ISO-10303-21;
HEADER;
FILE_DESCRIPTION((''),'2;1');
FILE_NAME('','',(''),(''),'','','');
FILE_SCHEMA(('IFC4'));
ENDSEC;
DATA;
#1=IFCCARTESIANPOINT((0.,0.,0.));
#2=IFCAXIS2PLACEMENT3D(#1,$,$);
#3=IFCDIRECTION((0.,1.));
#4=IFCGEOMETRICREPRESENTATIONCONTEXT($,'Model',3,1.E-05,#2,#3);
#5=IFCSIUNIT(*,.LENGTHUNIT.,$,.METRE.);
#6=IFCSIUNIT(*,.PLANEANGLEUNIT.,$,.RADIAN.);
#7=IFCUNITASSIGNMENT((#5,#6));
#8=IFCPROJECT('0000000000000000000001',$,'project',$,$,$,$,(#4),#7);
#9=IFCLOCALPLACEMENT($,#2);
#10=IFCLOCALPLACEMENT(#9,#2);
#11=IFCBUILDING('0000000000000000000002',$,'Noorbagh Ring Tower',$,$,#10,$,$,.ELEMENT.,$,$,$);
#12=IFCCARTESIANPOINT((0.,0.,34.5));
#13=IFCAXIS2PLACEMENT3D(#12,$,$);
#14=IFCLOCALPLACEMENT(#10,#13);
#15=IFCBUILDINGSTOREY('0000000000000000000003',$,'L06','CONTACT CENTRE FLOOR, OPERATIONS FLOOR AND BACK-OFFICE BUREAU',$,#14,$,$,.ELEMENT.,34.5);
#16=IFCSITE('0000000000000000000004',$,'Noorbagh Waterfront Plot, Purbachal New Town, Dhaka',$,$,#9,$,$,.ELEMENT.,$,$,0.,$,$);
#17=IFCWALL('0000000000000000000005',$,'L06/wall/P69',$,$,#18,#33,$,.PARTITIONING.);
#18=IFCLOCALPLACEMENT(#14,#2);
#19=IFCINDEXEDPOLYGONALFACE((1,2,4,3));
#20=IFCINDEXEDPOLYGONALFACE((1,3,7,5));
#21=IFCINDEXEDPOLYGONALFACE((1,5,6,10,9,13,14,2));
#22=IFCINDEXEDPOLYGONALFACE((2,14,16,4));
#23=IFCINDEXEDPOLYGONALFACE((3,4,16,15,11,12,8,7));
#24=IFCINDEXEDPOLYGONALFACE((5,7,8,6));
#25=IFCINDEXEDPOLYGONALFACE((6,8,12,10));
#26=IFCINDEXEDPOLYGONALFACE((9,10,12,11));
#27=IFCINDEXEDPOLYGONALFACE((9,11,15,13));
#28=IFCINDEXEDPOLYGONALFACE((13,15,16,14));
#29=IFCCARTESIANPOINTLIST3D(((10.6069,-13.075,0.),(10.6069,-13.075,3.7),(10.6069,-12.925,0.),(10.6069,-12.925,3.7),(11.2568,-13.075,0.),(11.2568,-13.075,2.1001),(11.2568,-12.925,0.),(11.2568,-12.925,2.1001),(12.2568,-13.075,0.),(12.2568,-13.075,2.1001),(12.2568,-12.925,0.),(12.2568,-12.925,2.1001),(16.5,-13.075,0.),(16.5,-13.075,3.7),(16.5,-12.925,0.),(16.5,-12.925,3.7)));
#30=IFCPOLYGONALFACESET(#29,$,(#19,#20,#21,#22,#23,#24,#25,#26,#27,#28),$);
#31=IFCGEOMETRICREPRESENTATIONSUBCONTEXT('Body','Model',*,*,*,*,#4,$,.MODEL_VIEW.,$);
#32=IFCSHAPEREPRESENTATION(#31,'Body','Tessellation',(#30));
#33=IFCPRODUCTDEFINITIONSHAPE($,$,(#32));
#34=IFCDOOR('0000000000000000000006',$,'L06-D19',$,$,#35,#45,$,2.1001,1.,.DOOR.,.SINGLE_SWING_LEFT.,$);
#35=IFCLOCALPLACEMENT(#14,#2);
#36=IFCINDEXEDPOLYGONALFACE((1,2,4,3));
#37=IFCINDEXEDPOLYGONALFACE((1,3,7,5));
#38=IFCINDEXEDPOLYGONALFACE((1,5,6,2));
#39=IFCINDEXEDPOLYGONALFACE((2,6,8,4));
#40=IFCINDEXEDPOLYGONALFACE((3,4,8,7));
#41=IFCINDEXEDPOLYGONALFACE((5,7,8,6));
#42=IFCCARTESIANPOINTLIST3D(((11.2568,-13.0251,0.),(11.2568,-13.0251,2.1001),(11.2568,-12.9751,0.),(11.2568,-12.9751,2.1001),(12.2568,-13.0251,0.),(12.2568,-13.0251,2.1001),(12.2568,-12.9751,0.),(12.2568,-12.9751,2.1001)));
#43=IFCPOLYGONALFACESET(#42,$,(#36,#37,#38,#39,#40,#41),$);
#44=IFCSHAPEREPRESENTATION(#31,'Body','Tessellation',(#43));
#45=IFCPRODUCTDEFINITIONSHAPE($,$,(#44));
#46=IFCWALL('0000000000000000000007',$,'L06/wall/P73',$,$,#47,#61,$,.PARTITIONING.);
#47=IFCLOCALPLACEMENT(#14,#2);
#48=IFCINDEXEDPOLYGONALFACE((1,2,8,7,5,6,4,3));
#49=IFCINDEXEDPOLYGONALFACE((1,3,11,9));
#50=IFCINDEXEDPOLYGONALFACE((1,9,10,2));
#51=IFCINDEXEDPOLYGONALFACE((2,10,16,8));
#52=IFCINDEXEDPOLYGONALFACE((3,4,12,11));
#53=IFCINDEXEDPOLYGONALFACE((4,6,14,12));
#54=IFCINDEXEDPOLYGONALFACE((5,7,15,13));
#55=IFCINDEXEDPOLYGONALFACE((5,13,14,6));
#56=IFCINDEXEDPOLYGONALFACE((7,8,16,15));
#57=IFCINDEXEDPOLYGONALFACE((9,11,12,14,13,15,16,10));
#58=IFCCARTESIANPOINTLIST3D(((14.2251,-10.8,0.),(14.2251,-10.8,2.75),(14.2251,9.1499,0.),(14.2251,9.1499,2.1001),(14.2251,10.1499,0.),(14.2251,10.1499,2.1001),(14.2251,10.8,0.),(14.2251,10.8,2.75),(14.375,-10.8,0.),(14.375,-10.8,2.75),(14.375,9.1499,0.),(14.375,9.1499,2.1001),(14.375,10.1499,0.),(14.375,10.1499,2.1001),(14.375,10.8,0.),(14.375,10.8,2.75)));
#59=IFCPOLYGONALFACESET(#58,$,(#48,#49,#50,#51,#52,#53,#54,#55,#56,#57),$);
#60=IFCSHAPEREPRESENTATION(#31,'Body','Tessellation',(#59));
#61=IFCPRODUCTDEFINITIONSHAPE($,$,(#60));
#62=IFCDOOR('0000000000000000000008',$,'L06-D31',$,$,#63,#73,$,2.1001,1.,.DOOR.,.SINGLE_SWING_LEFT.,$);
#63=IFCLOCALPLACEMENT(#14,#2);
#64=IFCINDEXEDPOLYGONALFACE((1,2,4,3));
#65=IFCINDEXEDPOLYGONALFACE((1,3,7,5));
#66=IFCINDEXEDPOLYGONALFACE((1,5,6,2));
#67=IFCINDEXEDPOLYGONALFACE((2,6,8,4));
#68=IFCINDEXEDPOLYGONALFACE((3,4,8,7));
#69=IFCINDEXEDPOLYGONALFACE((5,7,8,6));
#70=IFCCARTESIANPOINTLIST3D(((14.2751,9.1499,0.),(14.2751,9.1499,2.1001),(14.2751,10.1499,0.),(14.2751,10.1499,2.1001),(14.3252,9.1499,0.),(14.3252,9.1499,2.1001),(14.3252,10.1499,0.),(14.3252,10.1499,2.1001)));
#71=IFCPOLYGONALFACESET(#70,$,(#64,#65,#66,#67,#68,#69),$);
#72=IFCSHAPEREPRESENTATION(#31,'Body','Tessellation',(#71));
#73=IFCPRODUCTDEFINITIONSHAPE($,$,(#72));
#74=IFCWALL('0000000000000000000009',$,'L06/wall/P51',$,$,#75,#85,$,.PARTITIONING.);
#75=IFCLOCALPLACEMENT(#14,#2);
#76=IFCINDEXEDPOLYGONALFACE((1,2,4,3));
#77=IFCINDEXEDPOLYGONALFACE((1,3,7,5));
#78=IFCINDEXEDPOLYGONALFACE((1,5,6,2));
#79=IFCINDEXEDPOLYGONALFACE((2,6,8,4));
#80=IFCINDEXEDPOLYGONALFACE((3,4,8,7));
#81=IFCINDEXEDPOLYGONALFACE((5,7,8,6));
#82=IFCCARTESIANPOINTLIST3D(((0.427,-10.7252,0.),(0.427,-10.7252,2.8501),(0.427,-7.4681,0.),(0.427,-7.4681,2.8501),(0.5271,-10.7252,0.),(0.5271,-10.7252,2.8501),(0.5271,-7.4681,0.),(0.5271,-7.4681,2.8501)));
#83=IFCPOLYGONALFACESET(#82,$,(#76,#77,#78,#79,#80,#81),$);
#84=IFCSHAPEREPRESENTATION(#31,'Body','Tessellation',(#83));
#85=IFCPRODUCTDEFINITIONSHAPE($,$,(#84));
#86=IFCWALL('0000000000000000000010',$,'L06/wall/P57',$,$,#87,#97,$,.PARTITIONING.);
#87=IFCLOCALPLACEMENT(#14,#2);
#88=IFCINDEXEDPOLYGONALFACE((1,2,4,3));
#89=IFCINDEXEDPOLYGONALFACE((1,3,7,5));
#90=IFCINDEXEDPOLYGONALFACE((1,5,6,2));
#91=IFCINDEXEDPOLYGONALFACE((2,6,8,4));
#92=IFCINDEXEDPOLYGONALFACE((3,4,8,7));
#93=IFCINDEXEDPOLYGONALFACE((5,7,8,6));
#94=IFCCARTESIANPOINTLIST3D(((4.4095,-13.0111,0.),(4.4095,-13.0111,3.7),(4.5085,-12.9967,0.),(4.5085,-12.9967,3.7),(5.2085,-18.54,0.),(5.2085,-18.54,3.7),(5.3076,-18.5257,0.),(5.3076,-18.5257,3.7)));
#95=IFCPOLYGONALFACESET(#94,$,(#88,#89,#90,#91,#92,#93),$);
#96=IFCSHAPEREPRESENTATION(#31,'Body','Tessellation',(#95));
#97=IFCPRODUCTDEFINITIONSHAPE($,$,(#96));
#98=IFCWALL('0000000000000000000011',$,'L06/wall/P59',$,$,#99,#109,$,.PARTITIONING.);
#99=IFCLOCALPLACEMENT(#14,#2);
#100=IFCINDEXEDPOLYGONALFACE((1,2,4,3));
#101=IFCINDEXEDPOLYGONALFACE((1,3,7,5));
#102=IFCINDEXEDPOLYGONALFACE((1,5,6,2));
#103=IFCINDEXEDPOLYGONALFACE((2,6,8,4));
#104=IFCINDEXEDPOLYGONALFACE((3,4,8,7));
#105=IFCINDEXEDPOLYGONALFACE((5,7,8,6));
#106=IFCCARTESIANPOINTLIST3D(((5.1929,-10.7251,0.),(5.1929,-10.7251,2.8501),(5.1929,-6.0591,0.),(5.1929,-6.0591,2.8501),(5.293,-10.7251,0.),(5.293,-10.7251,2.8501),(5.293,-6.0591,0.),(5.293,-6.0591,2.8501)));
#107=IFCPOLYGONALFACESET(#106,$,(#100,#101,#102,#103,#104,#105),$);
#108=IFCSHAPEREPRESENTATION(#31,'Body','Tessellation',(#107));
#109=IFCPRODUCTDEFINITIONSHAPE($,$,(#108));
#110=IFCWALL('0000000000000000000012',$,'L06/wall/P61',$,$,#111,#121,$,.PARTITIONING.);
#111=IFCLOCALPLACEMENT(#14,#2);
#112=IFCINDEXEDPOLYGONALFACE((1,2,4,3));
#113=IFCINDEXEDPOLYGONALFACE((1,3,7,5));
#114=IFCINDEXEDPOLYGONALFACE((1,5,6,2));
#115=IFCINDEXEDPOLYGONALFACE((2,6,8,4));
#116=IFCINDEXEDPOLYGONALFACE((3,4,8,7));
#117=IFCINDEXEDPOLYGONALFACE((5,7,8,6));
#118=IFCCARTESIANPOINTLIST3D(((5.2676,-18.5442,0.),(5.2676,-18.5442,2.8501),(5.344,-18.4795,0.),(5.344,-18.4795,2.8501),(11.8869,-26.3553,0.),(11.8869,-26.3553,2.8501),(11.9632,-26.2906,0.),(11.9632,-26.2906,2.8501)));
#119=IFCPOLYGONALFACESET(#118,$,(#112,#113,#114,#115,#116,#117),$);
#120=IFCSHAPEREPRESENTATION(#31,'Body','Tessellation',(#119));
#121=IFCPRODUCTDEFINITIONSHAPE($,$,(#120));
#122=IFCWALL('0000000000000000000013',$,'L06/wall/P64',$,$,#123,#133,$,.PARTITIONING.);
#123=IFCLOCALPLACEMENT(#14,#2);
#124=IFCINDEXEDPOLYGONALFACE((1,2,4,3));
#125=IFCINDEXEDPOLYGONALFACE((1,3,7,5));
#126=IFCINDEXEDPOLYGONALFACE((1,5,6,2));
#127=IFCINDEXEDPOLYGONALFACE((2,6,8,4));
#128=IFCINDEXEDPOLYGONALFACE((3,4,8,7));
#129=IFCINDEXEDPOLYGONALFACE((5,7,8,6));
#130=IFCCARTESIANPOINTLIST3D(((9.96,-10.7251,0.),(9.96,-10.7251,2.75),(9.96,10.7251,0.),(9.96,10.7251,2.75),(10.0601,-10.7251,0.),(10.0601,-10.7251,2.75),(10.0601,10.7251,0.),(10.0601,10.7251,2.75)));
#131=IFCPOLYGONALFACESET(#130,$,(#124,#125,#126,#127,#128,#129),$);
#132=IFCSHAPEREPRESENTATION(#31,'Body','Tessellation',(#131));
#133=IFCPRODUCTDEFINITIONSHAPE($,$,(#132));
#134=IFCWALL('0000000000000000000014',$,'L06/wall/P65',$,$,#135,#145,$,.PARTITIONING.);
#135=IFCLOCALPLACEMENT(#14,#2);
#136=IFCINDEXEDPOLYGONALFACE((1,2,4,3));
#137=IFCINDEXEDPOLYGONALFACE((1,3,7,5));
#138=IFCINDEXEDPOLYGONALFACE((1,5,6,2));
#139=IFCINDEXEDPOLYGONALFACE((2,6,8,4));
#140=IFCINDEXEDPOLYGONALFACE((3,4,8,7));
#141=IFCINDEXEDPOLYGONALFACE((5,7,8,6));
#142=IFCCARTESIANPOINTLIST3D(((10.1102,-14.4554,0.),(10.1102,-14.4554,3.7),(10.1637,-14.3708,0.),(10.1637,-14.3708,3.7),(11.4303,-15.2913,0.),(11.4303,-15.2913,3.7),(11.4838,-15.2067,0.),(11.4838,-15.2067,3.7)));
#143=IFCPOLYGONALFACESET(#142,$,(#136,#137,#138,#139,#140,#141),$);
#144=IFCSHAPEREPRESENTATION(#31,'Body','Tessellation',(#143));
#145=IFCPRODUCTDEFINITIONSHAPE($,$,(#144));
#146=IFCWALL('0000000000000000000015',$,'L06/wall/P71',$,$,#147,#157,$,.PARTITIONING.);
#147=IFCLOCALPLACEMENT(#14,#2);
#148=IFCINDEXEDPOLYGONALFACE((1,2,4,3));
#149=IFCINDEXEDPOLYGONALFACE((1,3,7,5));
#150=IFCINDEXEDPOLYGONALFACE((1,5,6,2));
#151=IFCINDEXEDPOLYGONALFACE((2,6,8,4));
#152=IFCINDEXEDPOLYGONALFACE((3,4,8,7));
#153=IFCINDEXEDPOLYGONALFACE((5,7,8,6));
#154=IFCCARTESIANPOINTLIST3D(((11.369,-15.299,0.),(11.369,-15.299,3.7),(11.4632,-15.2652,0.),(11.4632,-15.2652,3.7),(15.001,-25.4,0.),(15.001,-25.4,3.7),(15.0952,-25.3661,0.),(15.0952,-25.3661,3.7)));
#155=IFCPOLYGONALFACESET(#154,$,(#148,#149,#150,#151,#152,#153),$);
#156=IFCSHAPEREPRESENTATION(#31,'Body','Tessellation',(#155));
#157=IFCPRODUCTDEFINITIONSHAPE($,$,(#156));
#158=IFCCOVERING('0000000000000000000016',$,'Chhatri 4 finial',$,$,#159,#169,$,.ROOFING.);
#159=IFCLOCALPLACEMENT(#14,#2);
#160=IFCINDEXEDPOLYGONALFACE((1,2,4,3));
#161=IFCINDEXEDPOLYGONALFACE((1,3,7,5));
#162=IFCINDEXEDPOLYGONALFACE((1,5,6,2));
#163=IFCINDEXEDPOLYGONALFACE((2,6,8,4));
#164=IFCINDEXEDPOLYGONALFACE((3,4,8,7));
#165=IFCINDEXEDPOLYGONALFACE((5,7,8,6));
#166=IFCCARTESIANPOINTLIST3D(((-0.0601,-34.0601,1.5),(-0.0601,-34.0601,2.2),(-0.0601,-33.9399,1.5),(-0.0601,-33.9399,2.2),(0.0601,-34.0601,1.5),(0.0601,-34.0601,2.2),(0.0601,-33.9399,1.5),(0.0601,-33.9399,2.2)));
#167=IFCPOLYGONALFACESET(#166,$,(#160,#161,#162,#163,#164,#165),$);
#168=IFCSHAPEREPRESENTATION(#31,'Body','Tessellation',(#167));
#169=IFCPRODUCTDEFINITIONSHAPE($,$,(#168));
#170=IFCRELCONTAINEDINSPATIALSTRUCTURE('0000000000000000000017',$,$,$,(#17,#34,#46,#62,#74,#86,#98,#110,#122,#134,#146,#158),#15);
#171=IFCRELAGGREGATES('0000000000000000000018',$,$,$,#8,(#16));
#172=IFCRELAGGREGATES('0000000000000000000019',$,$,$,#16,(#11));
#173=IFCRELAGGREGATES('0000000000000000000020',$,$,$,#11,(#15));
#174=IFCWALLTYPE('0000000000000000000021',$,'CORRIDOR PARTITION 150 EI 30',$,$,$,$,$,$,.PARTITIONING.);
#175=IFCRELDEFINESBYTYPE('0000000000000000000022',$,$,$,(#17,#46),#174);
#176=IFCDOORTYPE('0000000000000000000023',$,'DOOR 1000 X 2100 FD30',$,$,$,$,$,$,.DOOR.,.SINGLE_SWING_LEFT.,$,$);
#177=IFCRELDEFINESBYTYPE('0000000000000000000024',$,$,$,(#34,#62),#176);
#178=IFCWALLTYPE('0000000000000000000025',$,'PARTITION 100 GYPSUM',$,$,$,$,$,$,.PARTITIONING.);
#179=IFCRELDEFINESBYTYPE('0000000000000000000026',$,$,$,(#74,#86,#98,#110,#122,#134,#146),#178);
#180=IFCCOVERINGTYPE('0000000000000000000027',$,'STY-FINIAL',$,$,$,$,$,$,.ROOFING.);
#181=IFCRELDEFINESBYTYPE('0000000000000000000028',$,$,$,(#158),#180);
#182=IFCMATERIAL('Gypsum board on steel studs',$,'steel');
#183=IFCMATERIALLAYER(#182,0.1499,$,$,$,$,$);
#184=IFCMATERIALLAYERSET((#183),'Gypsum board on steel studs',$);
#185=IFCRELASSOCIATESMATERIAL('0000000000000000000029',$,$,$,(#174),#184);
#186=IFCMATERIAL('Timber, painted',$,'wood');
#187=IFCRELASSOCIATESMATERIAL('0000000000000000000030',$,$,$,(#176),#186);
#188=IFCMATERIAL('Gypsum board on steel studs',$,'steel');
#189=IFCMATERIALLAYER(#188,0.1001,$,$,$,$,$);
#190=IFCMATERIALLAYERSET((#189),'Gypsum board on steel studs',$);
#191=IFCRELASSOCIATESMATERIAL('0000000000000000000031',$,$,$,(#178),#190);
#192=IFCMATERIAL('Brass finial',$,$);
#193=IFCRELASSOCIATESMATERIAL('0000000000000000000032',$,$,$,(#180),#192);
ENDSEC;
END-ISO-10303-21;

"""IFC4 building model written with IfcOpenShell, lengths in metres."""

from ifc_helpers import new_model, si_unit, direction, frame, frame_2d, origin, origin_2d, place, context, subcontext, project, spatial, rectangle, extrude, material, layer, layer_set, type_object, element, fill, save


model = new_model("IFC4")

# Units and contexts
model_context = context("Model", 3, precision=1e-05, world=origin(), true_north=direction((0.0, 1.0)))
body_context = subcontext(model_context, "Body", "Model", "MODEL_VIEW")
ifc_project = project(units=[si_unit("LENGTHUNIT", "METRE"), si_unit("PLANEANGLEUNIT", "RADIAN")], contexts=[model_context])

# Site, building, storey
site_placement = place(None, origin())
site = spatial("IfcSite", under=ifc_project, at=site_placement, Name="Noorbagh Waterfront Plot, Purbachal New Town, Dhaka", CompositionType="ELEMENT", RefElevation=0.0)
building_placement = place(site_placement, origin())
building = spatial("IfcBuilding", under=site, at=building_placement, Name="Noorbagh Ring Tower", CompositionType="ELEMENT")
storey_placement = place(building_placement, frame((0.0, 0.0, 34.5)))
storey = spatial("IfcBuildingStorey", under=building, at=storey_placement, Name="L06", Description="CONTACT CENTRE FLOOR, OPERATIONS FLOOR AND BACK-OFFICE BUREAU", CompositionType="ELEMENT", Elevation=34.5)

# Shared definitions
ifc_material_1 = material(Name="Gypsum board on steel studs", Category="steel")
ifc_layer_1 = layer(ifc_material_1, 0.1499)
ifc_layer_set_1 = layer_set([ifc_layer_1], Name="Gypsum board on steel studs")
wall_type_1 = type_object("IfcWallType", Name="CORRIDOR PARTITION 150 EI 30", PredefinedType="PARTITIONING", material=ifc_layer_set_1)
ifc_material_2 = material(Name="Timber, painted", Category="wood")
door_type = type_object("IfcDoorType", Name="DOOR 1000 X 2100 FD30", OperationType="SINGLE_SWING_LEFT", PredefinedType="DOOR", material=ifc_material_2)

# Walls, openings, doors
wall_1_placement = place(storey_placement, frame((10.6069, -13.0, 0.0), z_axis=(0.0, 0.0, 1.0), x_axis=(1.0, 0.0, 0.0)))
wall_1 = element("IfcWall", 1, at=wall_1_placement, inside=storey, type_object=wall_type_1, Name="L06/wall/P69", PredefinedType="PARTITIONING", context=body_context, shape_type="SweptSolid", body=[
    extrude(rectangle(XDim=5.8931, YDim=0.1499, at=frame_2d((2.9465, 0.0))), origin(), (0.0, 0.0, 1.0), 3.7),
])
opening_1_placement = place(wall_1_placement, frame((0.6499, 0.0, 0.0)))
opening_1 = element("IfcOpeningElement", 2, at=opening_1_placement, cuts=wall_1, PredefinedType="OPENING", context=body_context, shape_type="SweptSolid", body=[
    extrude(rectangle(XDim=1.0, YDim=2.1001, at=frame_2d((0.5, 1.05))), frame((0.0, 0.085, 0.0), z_axis=(0.0, -1.0, 0.0), x_axis=(1.0, 0.0, 0.0)), (0.0, 0.0, 1.0), 0.1699),
])
door_1_placement = place(opening_1_placement, origin())
door_1 = element("IfcDoor", 3, at=door_1_placement, inside=storey, type_object=door_type, Name="L06-D19", OperationType="SINGLE_SWING_LEFT", OverallHeight=2.1001, OverallWidth=1.0, PredefinedType="DOOR", context=body_context, shape_type="SweptSolid", body=[
    extrude(rectangle(XDim=1.0, YDim=2.1001, at=frame_2d((0.5, 1.05))), frame((0.0, 0.0249, 0.0), z_axis=(0.0, -1.0, 0.0), x_axis=(1.0, 0.0, 0.0)), (0.0, 0.0, 1.0), 0.05),
])
fill(opening_1, door_1)
wall_2_placement = place(storey_placement, frame((14.3, -10.8, 0.0), z_axis=(0.0, 0.0, 1.0), x_axis=(0.0, 1.0, 0.0)))
wall_2 = element("IfcWall", 4, at=wall_2_placement, inside=storey, type_object=wall_type_1, Name="L06/wall/P73", PredefinedType="PARTITIONING", context=body_context, shape_type="SweptSolid", body=[
    extrude(rectangle(XDim=21.6001, YDim=0.1499, at=frame_2d((10.8, 0.0))), origin(), (0.0, 0.0, 1.0), 2.75),
])
opening_2_placement = place(wall_2_placement, frame((19.95, 0.0, 0.0)))
opening_2 = element("IfcOpeningElement", 5, at=opening_2_placement, cuts=wall_2, PredefinedType="OPENING", context=body_context, shape_type="SweptSolid", body=[
    extrude(rectangle(XDim=1.0, YDim=2.1001, at=frame_2d((0.5, 1.05))), frame((0.0, 0.085, 0.0), z_axis=(0.0, -1.0, 0.0), x_axis=(1.0, 0.0, 0.0)), (0.0, 0.0, 1.0), 0.1699),
])
door_2_placement = place(opening_2_placement, origin())
door_2 = element("IfcDoor", 6, at=door_2_placement, inside=storey, type_object=door_type, Name="L06-D31", OperationType="SINGLE_SWING_LEFT", OverallHeight=2.1001, OverallWidth=1.0, PredefinedType="DOOR", context=body_context, shape_type="SweptSolid", body=[
    extrude(rectangle(XDim=1.0, YDim=2.1001, at=frame_2d((0.5, 1.05))), frame((0.0, 0.0249, 0.0), z_axis=(0.0, -1.0, 0.0), x_axis=(1.0, 0.0, 0.0)), (0.0, 0.0, 1.0), 0.05),
])
fill(opening_2, door_2)

# Walls
ifc_material_3 = material(Name="Gypsum board on steel studs", Category="steel")
ifc_layer_2 = layer(ifc_material_3, 0.1001)
ifc_layer_set_2 = layer_set([ifc_layer_2], Name="Gypsum board on steel studs")
wall_type_2 = type_object("IfcWallType", Name="PARTITION 100 GYPSUM", PredefinedType="PARTITIONING", material=ifc_layer_set_2)
wall_3_placement = place(storey_placement, frame((0.4771, -10.7251, 0.0), z_axis=(0.0, 0.0, 1.0), x_axis=(0.0, 1.0, 0.0)))
element("IfcWall", 7, at=wall_3_placement, inside=storey, type_object=wall_type_2, Name="L06/wall/P51", PredefinedType="PARTITIONING", context=body_context, shape_type="SweptSolid", body=[
    extrude(rectangle(XDim=3.2571, YDim=0.1001, at=frame_2d((1.6284, 0.0))), origin(), (0.0, 0.0, 1.0), 2.8501),
])
wall_4_placement = place(storey_placement, frame((4.459, -13.0039, 0.0), z_axis=(0.0, 0.0, 1.0), x_axis=(0.143036, -0.989717, 0.0)))
element("IfcWall", 8, at=wall_4_placement, inside=storey, type_object=wall_type_2, Name="L06/wall/P57", PredefinedType="PARTITIONING", context=body_context, shape_type="SweptSolid", body=[
    extrude(rectangle(XDim=5.5864, YDim=0.1001, at=frame_2d((2.7932, 0.0))), origin(), (0.0, 0.0, 1.0), 3.7),
])
wall_5_placement = place(storey_placement, frame((5.2429, -10.7251, 0.0), z_axis=(0.0, 0.0, 1.0), x_axis=(0.0, 1.0, 0.0)))
element("IfcWall", 9, at=wall_5_placement, inside=storey, type_object=wall_type_2, Name="L06/wall/P59", PredefinedType="PARTITIONING", context=body_context, shape_type="SweptSolid", body=[
    extrude(rectangle(XDim=4.666, YDim=0.1001, at=frame_2d((2.333, 0.0))), origin(), (0.0, 0.0, 1.0), 2.8501),
])
wall_6_placement = place(storey_placement, frame((5.3059, -18.512, 0.0), z_axis=(0.0, 0.0, 1.0), x_axis=(0.6465, -0.762914, 0.0)))
element("IfcWall", 10, at=wall_6_placement, inside=storey, type_object=wall_type_2, Name="L06/wall/P61", PredefinedType="PARTITIONING", context=body_context, shape_type="SweptSolid", body=[
    extrude(rectangle(XDim=10.2385, YDim=0.1001, at=frame_2d((5.1191, 0.0))), origin(), (0.0, 0.0, 1.0), 2.8501),
])
wall_7_placement = place(storey_placement, frame((10.01, -10.7251, 0.0), z_axis=(0.0, 0.0, 1.0), x_axis=(0.0, 1.0, 0.0)))
element("IfcWall", 11, at=wall_7_placement, inside=storey, type_object=wall_type_2, Name="L06/wall/P64", PredefinedType="PARTITIONING", context=body_context, shape_type="SweptSolid", body=[
    extrude(rectangle(XDim=21.4502, YDim=0.1001, at=frame_2d((10.7251, 0.0))), origin(), (0.0, 0.0, 1.0), 2.75),
])
wall_8_placement = place(storey_placement, frame((10.137, -14.4131, 0.0), z_axis=(0.0, 0.0, 1.0), x_axis=(0.84485, -0.535004, 0.0)))
element("IfcWall", 12, at=wall_8_placement, inside=storey, type_object=wall_type_2, Name="L06/wall/P65", PredefinedType="PARTITIONING", context=body_context, shape_type="SweptSolid", body=[
    extrude(rectangle(XDim=1.5625, YDim=0.1001, at=frame_2d((0.7812, 0.0))), origin(), (0.0, 0.0, 1.0), 3.7),
])
wall_9_placement = place(storey_placement, frame((11.416, -15.282, 0.0), z_axis=(0.0, 0.0, 1.0), x_axis=(0.338364, -0.941015, 0.0)))
element("IfcWall", 13, at=wall_9_placement, inside=storey, type_object=wall_type_2, Name="L06/wall/P71", PredefinedType="PARTITIONING", context=body_context, shape_type="SweptSolid", body=[
    extrude(rectangle(XDim=10.7341, YDim=0.1001, at=frame_2d((5.3672, 0.0))), origin(), (0.0, 0.0, 1.0), 3.7),
])

# Covering
ifc_material_4 = material(Name="Brass finial")
covering_type = type_object("IfcCoveringType", Name="STY-FINIAL", PredefinedType="ROOFING", material=ifc_material_4)
covering_placement = place(storey_placement, frame((0.0, -34.0, 1.5), z_axis=(0.0, 0.0, 1.0), x_axis=(1.0, 0.0, 0.0)))
element("IfcCovering", 14, at=covering_placement, inside=storey, type_object=covering_type, Name="Chhatri 4 finial", PredefinedType="ROOFING", context=body_context, shape_type="SweptSolid", body=[
    extrude(rectangle(XDim=0.1201, YDim=0.1201, at=origin_2d()), origin(), (0.0, 0.0, 1.0), 0.7),
])

save(model, "model.ifc")
